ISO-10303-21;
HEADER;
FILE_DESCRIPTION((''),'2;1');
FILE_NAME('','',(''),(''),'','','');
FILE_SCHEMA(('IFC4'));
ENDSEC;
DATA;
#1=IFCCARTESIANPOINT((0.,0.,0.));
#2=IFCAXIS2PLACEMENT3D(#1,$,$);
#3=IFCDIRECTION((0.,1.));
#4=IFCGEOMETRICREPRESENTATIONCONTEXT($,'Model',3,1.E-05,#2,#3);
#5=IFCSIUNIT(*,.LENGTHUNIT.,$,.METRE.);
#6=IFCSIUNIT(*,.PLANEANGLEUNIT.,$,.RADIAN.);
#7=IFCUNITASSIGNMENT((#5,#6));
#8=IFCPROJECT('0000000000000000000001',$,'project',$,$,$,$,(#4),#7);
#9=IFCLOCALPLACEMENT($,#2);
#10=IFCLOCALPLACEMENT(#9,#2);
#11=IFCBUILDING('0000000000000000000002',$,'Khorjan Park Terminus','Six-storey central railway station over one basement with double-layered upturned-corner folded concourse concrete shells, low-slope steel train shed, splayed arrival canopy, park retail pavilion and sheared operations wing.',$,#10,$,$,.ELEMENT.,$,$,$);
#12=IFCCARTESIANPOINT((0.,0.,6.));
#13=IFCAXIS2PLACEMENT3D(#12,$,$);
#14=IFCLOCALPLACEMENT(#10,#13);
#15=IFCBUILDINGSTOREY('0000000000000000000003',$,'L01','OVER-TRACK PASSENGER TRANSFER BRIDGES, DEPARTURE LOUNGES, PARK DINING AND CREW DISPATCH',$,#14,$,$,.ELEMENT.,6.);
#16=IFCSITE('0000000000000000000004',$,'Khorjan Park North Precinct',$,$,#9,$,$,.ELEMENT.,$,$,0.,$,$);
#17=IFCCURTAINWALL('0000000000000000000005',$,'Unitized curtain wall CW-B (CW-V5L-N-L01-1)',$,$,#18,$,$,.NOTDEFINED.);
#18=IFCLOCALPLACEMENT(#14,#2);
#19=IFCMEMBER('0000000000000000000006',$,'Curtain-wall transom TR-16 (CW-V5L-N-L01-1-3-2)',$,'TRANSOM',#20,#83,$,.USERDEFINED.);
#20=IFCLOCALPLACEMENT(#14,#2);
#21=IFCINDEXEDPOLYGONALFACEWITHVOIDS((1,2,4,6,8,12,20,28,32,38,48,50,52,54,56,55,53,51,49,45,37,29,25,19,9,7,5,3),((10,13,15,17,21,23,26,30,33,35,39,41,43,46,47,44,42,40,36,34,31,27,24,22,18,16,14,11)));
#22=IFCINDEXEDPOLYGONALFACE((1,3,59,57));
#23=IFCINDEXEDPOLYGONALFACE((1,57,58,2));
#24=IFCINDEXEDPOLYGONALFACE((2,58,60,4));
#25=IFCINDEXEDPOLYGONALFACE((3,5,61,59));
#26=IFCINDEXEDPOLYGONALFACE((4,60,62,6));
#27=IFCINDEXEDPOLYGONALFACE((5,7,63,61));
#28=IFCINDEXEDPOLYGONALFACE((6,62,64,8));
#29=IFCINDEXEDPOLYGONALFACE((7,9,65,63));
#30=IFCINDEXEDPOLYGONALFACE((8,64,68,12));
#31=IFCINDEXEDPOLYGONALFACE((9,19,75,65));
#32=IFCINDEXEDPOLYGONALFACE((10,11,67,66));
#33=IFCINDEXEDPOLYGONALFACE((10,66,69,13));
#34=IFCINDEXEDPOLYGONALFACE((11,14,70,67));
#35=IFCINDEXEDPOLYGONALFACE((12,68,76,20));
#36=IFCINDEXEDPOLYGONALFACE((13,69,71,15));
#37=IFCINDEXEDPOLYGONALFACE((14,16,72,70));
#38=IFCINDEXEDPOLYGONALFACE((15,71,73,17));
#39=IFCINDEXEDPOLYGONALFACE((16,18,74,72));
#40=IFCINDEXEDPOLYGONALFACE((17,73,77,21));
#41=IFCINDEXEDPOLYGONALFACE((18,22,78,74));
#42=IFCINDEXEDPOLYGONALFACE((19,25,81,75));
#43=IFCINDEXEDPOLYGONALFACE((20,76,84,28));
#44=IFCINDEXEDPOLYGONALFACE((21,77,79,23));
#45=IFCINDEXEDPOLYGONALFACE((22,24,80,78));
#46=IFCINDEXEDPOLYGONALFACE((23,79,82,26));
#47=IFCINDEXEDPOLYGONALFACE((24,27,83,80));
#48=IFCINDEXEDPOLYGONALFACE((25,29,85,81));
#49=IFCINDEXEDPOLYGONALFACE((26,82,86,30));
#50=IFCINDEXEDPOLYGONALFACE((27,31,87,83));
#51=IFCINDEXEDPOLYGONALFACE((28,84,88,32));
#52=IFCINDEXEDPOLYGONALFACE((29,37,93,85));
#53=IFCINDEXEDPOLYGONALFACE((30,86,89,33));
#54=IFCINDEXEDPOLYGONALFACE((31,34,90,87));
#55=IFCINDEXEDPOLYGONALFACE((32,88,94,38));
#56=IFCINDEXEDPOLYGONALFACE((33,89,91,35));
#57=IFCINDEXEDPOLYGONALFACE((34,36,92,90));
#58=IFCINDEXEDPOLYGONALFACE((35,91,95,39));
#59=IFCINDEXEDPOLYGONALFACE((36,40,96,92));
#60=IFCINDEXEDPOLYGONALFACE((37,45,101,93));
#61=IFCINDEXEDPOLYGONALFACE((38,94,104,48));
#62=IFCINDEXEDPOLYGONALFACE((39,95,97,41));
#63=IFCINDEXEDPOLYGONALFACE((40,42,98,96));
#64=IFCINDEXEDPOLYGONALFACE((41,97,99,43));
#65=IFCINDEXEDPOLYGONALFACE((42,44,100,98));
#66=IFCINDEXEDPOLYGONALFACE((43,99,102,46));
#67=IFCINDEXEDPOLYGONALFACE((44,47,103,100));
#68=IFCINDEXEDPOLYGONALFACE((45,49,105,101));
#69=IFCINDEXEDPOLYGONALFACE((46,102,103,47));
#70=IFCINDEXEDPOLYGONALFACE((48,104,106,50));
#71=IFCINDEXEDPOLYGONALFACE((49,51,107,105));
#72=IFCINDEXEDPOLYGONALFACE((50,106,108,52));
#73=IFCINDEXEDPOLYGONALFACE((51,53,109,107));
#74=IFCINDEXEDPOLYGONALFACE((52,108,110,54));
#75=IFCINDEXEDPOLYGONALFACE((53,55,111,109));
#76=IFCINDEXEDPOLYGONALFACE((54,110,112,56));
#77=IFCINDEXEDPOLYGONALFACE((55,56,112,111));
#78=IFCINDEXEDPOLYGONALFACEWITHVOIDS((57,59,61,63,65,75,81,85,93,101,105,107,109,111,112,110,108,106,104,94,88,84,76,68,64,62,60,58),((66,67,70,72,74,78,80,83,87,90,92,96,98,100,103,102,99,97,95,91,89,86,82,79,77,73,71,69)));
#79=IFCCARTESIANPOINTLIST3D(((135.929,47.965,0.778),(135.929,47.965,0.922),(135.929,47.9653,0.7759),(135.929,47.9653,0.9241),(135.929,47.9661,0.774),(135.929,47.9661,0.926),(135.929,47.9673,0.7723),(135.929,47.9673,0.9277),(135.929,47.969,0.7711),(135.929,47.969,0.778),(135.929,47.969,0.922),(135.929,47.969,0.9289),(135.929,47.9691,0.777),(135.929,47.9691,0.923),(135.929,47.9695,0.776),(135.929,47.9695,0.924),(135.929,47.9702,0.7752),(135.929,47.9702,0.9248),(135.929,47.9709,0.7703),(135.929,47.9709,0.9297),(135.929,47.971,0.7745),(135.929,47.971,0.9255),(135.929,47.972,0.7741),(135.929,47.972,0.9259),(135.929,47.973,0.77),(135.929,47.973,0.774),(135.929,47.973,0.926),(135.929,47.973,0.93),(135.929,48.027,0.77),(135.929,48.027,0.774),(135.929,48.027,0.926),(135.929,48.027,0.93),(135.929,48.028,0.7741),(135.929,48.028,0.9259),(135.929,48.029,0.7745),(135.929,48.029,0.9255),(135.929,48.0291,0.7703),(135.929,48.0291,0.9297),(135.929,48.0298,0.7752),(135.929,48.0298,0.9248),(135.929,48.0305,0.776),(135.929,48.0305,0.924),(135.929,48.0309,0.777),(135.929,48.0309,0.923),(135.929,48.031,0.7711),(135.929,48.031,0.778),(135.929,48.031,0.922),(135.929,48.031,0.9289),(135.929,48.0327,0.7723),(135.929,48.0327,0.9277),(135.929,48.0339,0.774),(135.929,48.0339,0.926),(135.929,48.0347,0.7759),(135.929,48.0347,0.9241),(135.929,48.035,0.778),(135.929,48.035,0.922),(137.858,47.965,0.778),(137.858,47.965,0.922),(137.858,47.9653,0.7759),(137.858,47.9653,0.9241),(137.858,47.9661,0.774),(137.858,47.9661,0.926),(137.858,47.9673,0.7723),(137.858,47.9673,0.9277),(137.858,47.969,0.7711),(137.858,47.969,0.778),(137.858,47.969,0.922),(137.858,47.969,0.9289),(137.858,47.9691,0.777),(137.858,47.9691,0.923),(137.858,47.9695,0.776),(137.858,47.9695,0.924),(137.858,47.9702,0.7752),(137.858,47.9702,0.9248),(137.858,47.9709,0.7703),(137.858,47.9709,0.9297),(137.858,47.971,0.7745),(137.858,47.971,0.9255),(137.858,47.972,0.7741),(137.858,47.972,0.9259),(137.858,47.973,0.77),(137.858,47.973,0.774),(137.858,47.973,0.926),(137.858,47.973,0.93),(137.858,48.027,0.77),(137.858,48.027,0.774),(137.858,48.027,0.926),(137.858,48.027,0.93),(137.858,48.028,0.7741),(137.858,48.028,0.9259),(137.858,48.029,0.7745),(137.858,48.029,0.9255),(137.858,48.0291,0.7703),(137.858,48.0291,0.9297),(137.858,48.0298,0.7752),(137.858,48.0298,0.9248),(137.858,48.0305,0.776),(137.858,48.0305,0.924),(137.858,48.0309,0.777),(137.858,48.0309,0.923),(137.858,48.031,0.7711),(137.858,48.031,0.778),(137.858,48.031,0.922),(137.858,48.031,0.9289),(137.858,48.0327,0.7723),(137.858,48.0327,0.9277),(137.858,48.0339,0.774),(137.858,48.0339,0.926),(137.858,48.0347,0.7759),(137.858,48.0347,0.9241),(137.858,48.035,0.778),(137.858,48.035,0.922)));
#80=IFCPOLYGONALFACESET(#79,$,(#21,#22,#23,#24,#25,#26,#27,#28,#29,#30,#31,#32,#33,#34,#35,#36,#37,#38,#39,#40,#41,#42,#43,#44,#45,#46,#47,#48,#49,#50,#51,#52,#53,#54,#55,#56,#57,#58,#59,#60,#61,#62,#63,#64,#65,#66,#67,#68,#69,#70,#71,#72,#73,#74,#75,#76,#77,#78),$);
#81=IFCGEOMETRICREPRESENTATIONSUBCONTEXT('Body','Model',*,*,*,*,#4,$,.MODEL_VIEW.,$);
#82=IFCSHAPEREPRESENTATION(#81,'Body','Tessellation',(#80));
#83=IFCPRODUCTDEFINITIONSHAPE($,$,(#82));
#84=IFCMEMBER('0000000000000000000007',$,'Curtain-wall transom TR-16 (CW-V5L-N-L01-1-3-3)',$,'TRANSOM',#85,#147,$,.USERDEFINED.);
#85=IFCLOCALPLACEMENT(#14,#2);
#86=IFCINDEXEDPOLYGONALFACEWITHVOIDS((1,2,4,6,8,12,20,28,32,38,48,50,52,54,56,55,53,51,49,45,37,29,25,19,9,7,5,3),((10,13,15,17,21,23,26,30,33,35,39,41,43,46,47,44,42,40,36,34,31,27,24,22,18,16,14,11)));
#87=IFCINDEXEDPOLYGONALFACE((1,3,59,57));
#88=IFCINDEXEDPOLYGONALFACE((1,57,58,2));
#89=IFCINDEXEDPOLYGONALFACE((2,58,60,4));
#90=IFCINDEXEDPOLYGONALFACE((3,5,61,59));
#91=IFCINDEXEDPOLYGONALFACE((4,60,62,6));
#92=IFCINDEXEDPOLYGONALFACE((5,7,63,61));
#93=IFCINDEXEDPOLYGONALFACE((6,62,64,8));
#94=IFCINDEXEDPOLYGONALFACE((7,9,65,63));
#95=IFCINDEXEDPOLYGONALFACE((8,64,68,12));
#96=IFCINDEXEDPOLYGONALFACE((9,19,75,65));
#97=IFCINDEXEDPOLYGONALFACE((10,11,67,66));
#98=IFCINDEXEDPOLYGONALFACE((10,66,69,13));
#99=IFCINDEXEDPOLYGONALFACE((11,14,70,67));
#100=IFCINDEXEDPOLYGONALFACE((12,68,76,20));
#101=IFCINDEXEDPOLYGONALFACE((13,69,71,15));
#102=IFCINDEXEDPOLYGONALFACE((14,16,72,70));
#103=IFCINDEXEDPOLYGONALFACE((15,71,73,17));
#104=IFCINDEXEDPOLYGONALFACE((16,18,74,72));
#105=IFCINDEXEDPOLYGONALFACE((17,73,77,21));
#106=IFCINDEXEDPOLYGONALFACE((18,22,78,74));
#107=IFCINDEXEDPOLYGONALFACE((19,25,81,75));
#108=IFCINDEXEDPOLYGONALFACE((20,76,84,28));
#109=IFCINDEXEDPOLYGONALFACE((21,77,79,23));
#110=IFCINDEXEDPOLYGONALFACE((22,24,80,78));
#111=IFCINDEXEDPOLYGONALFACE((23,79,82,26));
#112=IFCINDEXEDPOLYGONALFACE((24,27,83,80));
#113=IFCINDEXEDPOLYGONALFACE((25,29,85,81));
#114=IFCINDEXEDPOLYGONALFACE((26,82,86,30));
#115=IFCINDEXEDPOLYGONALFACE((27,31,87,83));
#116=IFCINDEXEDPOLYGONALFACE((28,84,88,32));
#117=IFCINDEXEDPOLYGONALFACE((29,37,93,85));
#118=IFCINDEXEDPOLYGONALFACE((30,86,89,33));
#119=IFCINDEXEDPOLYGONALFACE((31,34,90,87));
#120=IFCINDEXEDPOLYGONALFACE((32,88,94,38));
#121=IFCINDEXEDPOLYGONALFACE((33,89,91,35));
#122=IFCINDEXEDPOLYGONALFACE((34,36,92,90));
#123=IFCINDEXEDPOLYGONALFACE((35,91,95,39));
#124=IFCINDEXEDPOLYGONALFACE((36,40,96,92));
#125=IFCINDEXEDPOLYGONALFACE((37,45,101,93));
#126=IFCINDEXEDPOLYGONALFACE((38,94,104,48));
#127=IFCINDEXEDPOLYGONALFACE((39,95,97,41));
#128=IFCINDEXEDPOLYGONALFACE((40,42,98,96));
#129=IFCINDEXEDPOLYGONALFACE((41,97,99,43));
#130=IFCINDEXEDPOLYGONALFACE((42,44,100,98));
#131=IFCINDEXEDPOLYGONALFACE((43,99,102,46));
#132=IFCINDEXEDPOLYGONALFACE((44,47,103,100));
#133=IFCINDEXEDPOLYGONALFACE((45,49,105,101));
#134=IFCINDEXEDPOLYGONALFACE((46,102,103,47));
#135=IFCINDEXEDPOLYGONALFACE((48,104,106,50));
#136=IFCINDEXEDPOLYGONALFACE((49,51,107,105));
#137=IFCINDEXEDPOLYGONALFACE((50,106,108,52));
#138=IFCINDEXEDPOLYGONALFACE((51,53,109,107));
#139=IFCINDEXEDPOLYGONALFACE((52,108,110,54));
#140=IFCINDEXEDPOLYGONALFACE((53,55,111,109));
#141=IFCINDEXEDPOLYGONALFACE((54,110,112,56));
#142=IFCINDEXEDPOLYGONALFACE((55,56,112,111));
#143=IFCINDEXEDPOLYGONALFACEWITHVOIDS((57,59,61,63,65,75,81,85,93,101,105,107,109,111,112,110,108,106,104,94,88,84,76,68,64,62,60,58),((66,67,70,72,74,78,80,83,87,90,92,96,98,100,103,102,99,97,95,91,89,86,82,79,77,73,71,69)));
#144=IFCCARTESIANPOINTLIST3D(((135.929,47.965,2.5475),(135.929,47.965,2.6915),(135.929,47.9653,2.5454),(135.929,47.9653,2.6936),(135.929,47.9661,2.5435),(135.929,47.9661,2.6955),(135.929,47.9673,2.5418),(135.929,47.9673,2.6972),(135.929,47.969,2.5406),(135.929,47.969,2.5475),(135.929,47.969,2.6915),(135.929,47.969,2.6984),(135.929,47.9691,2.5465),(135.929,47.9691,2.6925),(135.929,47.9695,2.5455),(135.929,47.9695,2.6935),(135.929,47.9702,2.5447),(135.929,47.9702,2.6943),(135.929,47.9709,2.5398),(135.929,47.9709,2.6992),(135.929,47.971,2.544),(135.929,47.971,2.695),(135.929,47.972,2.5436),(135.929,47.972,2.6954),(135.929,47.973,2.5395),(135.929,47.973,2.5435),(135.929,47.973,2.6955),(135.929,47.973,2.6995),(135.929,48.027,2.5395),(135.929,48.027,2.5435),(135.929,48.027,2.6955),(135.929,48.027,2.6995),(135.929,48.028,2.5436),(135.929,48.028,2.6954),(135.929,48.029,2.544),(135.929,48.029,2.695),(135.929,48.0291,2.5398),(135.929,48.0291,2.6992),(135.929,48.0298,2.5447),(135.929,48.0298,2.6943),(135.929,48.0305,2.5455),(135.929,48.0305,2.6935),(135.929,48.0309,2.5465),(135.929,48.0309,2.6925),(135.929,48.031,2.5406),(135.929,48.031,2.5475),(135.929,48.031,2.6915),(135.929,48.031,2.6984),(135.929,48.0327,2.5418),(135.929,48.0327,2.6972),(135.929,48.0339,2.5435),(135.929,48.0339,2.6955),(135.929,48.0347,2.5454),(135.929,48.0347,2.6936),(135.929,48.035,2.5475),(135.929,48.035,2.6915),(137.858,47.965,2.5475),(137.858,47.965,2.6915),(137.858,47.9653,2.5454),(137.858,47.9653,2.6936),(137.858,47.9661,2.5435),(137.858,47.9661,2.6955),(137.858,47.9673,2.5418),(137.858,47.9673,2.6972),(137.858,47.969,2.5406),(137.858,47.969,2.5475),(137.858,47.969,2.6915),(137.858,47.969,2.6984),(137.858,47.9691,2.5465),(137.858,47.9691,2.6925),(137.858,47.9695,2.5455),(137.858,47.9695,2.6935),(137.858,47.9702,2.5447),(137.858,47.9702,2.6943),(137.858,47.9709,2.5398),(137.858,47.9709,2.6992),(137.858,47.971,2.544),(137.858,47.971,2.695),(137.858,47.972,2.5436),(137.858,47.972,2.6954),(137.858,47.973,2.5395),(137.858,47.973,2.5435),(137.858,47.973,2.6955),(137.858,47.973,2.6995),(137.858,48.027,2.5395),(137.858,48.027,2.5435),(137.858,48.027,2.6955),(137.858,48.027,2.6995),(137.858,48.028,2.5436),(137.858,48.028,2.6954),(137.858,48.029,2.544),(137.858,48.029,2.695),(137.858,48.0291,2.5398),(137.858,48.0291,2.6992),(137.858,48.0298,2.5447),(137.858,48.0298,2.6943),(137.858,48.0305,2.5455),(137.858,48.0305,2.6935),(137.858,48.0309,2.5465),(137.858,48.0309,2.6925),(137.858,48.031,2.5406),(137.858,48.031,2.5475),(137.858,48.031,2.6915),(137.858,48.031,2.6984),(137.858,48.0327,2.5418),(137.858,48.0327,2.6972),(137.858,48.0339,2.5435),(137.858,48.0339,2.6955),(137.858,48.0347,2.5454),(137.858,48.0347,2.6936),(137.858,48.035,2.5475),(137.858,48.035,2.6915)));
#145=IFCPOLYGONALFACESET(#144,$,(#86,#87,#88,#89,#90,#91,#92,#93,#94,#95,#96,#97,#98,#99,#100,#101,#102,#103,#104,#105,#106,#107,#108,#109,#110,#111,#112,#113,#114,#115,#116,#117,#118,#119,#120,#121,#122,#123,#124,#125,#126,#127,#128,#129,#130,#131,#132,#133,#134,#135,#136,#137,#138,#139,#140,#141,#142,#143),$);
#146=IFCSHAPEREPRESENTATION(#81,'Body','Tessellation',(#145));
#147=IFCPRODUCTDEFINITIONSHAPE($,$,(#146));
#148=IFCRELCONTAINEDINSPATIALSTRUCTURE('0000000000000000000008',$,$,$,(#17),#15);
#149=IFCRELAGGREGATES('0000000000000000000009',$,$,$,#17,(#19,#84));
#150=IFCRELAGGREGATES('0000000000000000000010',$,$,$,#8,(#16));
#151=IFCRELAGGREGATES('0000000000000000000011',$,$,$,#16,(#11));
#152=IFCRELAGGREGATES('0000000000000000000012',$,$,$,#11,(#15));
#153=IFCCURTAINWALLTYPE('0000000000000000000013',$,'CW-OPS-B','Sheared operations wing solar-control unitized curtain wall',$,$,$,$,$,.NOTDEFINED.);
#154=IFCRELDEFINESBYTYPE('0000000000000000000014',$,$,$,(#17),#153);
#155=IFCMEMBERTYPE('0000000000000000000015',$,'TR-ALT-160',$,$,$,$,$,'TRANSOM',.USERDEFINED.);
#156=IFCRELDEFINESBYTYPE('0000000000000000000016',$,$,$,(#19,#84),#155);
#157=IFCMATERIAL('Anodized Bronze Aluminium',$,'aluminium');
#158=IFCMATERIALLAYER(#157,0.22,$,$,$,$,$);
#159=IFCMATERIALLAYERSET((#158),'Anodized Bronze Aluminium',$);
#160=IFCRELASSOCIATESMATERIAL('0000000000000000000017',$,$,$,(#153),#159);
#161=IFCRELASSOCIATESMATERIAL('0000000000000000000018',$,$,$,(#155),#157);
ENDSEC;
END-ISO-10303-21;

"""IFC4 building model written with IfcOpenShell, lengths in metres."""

from ifc_helpers import new_model, si_unit, direction, frame, origin, origin_2d, place, context, subcontext, project, spatial, hollow_rectangle, extrude, material, layer, layer_set, material_profile, profile_set, type_object, element, aggregate, save


model = new_model("IFC4")

# Units and contexts
model_context = context("Model", 3, precision=1e-05, world=origin(), true_north=direction((0.0, 1.0)))
body_context = subcontext(model_context, "Body", "Model", "MODEL_VIEW")
ifc_project = project(units=[si_unit("LENGTHUNIT", "METRE"), si_unit("PLANEANGLEUNIT", "RADIAN")], contexts=[model_context])

# Site, building, storey
site_placement = place(None, origin())
site = spatial("IfcSite", under=ifc_project, at=site_placement, Name="Khorjan Park North Precinct", CompositionType="ELEMENT", RefElevation=0.0)
building_placement = place(site_placement, origin())
building = spatial("IfcBuilding", under=site, at=building_placement, Name="Khorjan Park Terminus", Description="Six-storey central railway station over one basement with double-layered upturned-corner folded concourse concrete shells, low-slope steel train shed, splayed arrival canopy, park retail pavilion and sheared operations wing.", CompositionType="ELEMENT")
storey_placement = place(building_placement, frame((0.0, 0.0, 6.0)))
storey = spatial("IfcBuildingStorey", under=building, at=storey_placement, Name="L01", Description="OVER-TRACK PASSENGER TRANSFER BRIDGES, DEPARTURE LOUNGES, PARK DINING AND CREW DISPATCH", CompositionType="ELEMENT", Elevation=6.0)

# Curtain wall
ifc_material_1 = material(Name="Anodized Bronze Aluminium", Category="aluminium")
ifc_layer_1 = layer(ifc_material_1, 0.22)
ifc_layer_set_1 = layer_set([ifc_layer_1], Name="Anodized Bronze Aluminium")
curtain_wall_type = type_object("IfcCurtainWallType", Name="CW-OPS-B", Description="Sheared operations wing solar-control unitized curtain wall", PredefinedType="NOTDEFINED", material=ifc_layer_set_1)
curtain_wall_1_placement = place(storey_placement, origin())
curtain_wall_1 = element("IfcCurtainWall", 1, at=curtain_wall_1_placement, inside=storey, type_object=curtain_wall_type, Name="Unitized curtain wall CW-B (CW-V5L-N-L01-1)", PredefinedType="NOTDEFINED")

# Members
ifc_material_profile_1 = material_profile(ifc_material_1, hollow_rectangle(XDim=0.07, YDim=0.16, WallThickness=0.004, InnerFilletRadius=0.004, OuterFilletRadius=0.008, at=origin_2d()), Name="ALT 70x160x4")
ifc_profile_set_1 = profile_set([ifc_material_profile_1], Name="Anodized Bronze Aluminium")
member_type_1 = type_object("IfcMemberType", Name="TR-ALT-160", ElementType="TRANSOM", PredefinedType="USERDEFINED", material=ifc_profile_set_1)
member_1_placement = place(storey_placement, frame((137.858, 48.0, 0.85), z_axis=(-1.0, 0.0, 0.0), x_axis=(0.0, -1.0, 0.0)))
member_1 = element("IfcMember", 2, at=member_1_placement, type_object=member_type_1, Name="Curtain-wall transom TR-16 (CW-V5L-N-L01-1-3-2)", ObjectType="TRANSOM", PredefinedType="USERDEFINED", context=body_context, shape_type="SweptSolid", body=[
    extrude(hollow_rectangle(XDim=0.07, YDim=0.16, WallThickness=0.004, InnerFilletRadius=0.004, OuterFilletRadius=0.008, at=origin_2d()), origin(), (0.0, 0.0, 1.0), 1.929),
])
member_2_placement = place(storey_placement, frame((137.858, 48.0, 2.6195), z_axis=(-1.0, 0.0, 0.0), x_axis=(0.0, -1.0, 0.0)))
member_2 = element("IfcMember", 3, at=member_2_placement, type_object=member_type_1, Name="Curtain-wall transom TR-16 (CW-V5L-N-L01-1-3-3)", ObjectType="TRANSOM", PredefinedType="USERDEFINED", context=body_context, shape_type="SweptSolid", body=[
    extrude(hollow_rectangle(XDim=0.07, YDim=0.16, WallThickness=0.004, InnerFilletRadius=0.004, OuterFilletRadius=0.008, at=origin_2d()), origin(), (0.0, 0.0, 1.0), 1.929),
])

aggregate(curtain_wall_1, [member_1, member_2])

save(model, "model.ifc")
